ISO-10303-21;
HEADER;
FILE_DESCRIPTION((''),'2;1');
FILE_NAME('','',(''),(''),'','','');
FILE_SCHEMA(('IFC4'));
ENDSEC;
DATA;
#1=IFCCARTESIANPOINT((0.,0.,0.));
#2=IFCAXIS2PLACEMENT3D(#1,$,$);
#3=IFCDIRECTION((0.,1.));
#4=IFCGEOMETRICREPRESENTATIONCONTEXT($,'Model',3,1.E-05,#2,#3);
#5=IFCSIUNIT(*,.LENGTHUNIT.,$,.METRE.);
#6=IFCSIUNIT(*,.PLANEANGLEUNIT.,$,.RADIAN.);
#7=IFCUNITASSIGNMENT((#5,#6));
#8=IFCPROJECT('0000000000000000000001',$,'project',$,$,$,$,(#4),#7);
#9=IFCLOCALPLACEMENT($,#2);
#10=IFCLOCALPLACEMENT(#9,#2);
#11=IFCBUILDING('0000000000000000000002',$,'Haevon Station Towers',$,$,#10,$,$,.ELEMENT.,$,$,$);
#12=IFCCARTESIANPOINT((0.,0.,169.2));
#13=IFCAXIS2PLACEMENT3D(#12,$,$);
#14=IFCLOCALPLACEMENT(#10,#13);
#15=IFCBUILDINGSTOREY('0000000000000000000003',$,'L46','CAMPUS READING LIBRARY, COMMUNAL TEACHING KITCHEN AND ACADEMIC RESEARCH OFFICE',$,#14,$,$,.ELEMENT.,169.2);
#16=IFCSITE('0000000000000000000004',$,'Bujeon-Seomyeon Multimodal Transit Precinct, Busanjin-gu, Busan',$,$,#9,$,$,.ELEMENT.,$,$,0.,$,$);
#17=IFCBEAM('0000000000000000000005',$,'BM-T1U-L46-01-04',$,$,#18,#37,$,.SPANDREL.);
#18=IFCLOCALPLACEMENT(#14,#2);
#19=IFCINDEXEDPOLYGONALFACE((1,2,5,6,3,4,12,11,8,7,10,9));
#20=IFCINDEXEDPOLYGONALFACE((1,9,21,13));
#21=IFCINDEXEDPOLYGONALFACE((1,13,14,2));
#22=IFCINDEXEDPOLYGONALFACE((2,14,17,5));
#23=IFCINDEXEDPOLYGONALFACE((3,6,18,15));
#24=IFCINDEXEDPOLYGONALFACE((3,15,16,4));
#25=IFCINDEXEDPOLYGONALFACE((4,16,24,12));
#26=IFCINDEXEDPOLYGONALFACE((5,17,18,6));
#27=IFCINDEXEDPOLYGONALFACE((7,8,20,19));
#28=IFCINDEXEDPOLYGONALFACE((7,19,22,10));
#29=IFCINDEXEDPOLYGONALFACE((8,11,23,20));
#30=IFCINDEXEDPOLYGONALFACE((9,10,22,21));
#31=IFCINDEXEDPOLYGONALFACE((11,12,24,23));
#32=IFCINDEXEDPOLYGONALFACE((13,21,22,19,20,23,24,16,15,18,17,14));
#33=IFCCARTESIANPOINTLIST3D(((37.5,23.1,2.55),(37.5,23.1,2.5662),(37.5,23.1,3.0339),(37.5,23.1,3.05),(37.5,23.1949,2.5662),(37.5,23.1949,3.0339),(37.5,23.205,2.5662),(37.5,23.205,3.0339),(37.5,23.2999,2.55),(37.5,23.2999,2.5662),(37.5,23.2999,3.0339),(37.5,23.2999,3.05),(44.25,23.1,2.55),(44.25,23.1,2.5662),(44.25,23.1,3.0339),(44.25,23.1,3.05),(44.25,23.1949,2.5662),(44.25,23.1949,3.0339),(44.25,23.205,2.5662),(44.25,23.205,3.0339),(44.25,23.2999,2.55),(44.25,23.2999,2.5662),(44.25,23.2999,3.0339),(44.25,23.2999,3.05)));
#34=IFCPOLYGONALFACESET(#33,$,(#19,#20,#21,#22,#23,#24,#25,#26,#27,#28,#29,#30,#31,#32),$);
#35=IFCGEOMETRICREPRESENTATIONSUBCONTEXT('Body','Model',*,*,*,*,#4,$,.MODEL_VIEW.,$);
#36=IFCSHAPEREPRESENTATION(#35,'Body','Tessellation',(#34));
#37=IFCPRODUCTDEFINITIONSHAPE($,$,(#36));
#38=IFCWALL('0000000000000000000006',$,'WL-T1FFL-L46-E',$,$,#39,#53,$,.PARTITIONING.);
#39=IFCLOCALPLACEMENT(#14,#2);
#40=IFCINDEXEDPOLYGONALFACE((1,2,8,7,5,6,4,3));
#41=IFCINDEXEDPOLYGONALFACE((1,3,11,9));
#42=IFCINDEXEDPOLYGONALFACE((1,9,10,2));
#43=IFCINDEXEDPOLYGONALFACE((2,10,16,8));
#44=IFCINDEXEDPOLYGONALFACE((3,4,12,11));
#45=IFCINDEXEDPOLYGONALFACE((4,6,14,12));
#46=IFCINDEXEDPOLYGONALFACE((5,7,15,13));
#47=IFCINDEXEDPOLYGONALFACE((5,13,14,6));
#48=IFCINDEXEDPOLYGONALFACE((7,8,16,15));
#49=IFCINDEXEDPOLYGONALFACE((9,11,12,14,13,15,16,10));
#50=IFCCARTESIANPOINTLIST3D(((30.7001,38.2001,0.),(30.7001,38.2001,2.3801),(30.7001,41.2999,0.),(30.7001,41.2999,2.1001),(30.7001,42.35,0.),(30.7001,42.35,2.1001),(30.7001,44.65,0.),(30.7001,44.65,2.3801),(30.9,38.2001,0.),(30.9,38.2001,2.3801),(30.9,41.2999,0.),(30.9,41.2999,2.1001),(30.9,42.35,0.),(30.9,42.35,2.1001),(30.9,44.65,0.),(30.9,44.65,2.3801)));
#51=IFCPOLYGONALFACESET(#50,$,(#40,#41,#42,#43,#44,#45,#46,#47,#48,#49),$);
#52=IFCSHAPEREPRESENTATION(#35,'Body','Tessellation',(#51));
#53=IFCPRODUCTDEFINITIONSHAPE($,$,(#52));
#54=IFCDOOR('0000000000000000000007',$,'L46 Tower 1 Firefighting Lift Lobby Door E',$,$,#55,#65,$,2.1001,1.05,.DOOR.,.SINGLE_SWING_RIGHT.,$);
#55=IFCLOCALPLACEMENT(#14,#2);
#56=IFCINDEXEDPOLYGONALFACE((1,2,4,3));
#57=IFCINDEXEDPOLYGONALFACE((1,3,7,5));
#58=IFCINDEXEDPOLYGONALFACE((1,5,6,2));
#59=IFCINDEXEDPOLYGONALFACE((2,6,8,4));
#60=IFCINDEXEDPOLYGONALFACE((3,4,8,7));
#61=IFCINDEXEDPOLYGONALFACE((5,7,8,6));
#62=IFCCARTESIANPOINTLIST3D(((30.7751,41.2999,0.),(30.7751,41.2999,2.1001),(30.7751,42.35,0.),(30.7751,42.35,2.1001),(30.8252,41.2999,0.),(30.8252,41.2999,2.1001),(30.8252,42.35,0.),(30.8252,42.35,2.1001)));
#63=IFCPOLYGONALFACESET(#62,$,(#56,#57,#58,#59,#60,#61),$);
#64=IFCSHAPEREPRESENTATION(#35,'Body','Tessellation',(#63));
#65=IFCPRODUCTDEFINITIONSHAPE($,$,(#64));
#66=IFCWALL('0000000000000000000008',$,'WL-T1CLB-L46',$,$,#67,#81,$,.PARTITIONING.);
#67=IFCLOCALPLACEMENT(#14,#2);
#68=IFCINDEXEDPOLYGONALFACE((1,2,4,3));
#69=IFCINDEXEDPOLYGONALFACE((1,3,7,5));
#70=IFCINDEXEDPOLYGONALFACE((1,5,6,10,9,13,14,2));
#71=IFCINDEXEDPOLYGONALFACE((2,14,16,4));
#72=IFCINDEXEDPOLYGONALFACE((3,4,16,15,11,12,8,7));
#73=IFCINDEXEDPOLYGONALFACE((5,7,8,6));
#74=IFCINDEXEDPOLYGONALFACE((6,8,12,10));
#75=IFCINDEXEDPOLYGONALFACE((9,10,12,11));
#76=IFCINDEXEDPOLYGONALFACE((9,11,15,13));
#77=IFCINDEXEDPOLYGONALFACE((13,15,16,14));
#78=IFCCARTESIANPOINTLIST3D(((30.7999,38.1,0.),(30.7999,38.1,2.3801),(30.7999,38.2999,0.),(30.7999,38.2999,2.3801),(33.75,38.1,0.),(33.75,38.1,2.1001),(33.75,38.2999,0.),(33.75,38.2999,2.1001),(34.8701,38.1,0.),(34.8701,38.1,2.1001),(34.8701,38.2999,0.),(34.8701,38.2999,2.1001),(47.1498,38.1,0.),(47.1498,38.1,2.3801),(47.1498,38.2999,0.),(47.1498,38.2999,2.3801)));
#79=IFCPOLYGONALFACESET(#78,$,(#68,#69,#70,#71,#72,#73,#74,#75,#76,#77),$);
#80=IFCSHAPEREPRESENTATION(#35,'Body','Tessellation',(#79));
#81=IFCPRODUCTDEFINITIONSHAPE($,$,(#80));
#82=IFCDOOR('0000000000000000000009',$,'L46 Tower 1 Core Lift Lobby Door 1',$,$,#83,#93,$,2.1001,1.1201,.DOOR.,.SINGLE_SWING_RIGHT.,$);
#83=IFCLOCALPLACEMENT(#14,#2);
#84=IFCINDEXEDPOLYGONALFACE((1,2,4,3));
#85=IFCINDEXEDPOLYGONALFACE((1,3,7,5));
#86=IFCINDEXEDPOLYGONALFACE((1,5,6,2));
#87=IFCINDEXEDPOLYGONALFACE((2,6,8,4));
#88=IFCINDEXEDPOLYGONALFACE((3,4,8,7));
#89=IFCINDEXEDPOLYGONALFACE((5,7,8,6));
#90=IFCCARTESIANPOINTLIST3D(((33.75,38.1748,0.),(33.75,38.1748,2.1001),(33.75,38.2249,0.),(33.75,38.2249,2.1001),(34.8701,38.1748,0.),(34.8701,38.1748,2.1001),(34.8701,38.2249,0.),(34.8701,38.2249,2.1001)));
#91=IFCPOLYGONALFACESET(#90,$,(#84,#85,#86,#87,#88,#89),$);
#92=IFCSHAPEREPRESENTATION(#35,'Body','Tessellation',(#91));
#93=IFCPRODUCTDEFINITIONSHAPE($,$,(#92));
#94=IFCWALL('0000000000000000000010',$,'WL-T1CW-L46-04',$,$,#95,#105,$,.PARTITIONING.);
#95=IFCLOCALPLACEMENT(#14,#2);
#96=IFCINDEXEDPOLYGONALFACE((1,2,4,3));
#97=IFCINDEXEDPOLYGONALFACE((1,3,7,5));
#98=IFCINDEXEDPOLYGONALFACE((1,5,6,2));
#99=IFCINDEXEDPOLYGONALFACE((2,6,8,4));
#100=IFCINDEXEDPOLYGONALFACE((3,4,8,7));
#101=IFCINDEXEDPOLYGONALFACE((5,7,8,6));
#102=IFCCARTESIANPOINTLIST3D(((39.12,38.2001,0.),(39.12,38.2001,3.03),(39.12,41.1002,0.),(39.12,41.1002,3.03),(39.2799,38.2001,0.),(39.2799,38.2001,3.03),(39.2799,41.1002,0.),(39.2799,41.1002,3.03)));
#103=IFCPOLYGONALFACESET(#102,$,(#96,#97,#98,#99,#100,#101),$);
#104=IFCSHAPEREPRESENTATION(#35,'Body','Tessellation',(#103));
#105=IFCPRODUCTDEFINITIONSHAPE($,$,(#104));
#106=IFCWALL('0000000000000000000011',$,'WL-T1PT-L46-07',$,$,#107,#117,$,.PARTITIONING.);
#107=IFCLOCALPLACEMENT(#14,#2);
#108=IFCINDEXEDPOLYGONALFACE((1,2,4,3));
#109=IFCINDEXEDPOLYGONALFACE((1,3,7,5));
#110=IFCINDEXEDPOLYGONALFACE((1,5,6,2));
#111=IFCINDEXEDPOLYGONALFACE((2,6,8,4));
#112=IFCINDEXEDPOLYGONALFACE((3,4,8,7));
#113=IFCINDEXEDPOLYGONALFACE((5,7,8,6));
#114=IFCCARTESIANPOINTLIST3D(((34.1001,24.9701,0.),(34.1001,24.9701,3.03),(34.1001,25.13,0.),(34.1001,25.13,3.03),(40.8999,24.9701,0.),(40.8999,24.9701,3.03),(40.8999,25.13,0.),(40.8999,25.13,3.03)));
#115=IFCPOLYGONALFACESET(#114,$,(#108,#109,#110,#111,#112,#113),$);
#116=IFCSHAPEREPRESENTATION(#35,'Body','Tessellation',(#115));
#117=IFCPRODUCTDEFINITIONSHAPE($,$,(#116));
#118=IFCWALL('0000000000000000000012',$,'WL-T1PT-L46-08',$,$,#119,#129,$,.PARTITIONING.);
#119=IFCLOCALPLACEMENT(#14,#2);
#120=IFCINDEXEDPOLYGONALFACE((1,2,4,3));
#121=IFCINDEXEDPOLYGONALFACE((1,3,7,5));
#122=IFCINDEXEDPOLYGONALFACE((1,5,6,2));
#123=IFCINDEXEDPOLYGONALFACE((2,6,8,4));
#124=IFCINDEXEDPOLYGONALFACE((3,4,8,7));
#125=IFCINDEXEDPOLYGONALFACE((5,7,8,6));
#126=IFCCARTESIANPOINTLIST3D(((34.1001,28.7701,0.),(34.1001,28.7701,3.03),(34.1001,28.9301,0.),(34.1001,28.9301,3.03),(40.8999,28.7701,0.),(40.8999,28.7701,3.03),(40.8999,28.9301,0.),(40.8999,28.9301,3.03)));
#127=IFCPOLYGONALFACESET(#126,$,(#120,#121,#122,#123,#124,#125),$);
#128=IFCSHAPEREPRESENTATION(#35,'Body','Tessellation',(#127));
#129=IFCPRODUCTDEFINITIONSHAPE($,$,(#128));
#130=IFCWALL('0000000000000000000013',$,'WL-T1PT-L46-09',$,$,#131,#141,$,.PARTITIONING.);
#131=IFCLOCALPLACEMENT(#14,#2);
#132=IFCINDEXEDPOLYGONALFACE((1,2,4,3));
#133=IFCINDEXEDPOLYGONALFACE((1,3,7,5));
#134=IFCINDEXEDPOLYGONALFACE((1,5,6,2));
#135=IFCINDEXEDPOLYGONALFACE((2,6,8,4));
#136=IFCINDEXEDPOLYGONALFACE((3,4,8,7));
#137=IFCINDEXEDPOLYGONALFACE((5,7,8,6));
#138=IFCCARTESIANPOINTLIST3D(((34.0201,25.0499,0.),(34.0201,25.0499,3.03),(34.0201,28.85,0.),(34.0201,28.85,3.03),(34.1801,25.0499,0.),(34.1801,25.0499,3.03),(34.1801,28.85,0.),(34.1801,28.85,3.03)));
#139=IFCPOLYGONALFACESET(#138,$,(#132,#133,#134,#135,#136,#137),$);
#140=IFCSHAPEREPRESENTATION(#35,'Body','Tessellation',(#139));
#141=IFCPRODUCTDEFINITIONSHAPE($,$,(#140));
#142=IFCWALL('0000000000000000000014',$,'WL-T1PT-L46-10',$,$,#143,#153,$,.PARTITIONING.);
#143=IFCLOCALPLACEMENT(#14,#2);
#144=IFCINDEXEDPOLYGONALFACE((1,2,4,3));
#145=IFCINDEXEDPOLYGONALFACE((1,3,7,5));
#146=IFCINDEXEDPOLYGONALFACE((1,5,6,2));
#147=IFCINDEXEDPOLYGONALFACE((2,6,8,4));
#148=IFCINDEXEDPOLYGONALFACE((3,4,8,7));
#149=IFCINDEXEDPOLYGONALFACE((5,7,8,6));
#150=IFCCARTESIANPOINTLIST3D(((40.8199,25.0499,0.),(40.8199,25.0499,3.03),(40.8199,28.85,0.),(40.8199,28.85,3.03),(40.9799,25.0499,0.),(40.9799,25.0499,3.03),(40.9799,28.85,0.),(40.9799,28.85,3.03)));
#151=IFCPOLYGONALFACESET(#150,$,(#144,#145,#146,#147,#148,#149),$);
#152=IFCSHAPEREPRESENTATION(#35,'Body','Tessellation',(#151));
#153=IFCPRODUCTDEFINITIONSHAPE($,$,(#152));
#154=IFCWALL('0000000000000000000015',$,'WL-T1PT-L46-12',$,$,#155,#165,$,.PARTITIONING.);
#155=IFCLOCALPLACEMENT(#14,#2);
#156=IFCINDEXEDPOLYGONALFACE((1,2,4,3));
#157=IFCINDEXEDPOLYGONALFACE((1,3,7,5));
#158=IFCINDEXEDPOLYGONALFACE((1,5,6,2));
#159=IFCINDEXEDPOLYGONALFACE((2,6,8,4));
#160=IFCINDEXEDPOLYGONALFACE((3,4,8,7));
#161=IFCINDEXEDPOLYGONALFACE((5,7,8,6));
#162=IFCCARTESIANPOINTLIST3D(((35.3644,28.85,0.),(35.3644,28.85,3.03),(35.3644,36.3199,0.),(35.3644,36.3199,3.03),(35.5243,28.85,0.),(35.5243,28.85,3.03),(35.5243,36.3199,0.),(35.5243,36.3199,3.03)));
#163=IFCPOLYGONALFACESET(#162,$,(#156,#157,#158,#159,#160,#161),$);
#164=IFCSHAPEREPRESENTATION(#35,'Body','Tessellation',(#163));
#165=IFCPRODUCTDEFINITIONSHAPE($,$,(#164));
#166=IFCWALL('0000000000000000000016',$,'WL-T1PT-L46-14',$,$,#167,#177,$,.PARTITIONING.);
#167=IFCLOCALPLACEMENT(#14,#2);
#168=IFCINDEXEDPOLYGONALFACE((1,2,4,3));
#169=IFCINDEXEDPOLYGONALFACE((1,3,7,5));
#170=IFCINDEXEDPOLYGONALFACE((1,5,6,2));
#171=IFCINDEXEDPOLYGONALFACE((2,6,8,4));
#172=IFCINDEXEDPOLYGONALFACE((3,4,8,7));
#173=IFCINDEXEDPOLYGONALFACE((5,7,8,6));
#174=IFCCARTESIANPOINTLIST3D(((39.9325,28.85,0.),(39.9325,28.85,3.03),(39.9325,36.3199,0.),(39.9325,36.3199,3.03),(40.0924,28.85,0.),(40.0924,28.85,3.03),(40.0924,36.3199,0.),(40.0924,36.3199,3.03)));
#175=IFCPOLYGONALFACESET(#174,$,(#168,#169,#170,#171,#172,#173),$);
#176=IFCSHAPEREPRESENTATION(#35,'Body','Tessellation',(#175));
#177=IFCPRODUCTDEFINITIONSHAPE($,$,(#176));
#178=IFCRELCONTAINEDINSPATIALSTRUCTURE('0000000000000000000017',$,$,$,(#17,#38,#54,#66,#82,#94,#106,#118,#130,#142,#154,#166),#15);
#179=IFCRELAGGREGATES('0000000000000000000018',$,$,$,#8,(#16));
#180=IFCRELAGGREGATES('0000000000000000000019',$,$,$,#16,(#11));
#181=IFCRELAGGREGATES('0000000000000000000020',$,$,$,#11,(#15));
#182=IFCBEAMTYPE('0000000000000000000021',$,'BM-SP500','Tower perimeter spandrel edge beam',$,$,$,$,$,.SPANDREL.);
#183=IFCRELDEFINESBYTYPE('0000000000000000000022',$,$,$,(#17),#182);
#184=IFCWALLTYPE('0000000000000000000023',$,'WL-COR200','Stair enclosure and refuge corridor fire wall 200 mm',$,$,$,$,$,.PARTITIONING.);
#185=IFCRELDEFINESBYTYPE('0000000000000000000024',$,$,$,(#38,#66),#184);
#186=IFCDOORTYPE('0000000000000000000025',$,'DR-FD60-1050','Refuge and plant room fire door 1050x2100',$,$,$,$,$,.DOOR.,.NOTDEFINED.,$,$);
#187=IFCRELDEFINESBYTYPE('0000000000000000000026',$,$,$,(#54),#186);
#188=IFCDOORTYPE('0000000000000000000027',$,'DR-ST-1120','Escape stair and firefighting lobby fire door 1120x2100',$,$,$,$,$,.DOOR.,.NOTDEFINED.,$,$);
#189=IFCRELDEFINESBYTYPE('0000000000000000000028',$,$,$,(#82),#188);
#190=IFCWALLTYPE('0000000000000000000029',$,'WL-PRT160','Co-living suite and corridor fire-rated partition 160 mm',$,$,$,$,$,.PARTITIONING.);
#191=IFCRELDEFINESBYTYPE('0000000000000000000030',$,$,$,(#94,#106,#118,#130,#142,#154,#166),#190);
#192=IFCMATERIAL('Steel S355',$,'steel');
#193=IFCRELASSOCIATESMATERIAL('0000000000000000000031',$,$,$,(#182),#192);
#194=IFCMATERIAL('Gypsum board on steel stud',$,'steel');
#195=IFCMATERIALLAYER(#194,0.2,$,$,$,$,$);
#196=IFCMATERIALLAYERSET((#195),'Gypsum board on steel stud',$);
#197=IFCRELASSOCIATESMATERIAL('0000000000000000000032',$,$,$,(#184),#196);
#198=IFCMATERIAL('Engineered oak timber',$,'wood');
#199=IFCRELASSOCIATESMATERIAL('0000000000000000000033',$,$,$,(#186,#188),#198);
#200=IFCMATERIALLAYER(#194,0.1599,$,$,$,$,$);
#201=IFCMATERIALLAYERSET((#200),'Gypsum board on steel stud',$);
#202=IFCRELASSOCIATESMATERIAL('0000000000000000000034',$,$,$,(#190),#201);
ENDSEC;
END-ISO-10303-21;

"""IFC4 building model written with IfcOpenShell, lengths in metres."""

from ifc_helpers import new_model, si_unit, direction, frame, frame_2d, origin, origin_2d, place, context, subcontext, project, spatial, rectangle, i_section, extrude, material, layer, layer_set, material_profile, profile_set, type_object, element, fill, save


model = new_model("IFC4")

# Units and contexts
model_context = context("Model", 3, precision=1e-05, world=origin(), true_north=direction((0.0, 1.0)))
body_context = subcontext(model_context, "Body", "Model", "MODEL_VIEW")
ifc_project = project(units=[si_unit("LENGTHUNIT", "METRE"), si_unit("PLANEANGLEUNIT", "RADIAN")], contexts=[model_context])

# Site, building, storey
site_placement = place(None, origin())
site = spatial("IfcSite", under=ifc_project, at=site_placement, Name="Bujeon-Seomyeon Multimodal Transit Precinct, Busanjin-gu, Busan", CompositionType="ELEMENT", RefElevation=0.0)
building_placement = place(site_placement, origin())
building = spatial("IfcBuilding", under=site, at=building_placement, Name="Haevon Station Towers", CompositionType="ELEMENT")
storey_placement = place(building_placement, frame((0.0, 0.0, 169.2)))
storey = spatial("IfcBuildingStorey", under=building, at=storey_placement, Name="L46", Description="CAMPUS READING LIBRARY, COMMUNAL TEACHING KITCHEN AND ACADEMIC RESEARCH OFFICE", CompositionType="ELEMENT", Elevation=169.2)

# Shared definitions
ifc_material_1 = material(Name="Steel S355", Category="steel")

# Beam
ifc_material_profile_1 = material_profile(ifc_material_1, i_section(OverallWidth=0.2, OverallDepth=0.5, WebThickness=0.01, FlangeThickness=0.0161, at=origin_2d()), Name="H-500x200x10x16")
ifc_profile_set_1 = profile_set([ifc_material_profile_1], Name="Steel S355")
beam_type_1 = type_object("IfcBeamType", Name="BM-SP500", Description="Tower perimeter spandrel edge beam", PredefinedType="SPANDREL", material=ifc_profile_set_1)
beam_1_placement = place(storey_placement, frame((37.5, 23.2, 2.8), z_axis=(1.0, 0.0, 0.0), x_axis=(0.0, 1.0, 0.0)))
element("IfcBeam", 1, at=beam_1_placement, inside=storey, type_object=beam_type_1, Name="BM-T1U-L46-01-04", PredefinedType="SPANDREL", context=body_context, shape_type="SweptSolid", body=[
    extrude(i_section(OverallWidth=0.2, OverallDepth=0.5, WebThickness=0.01, FlangeThickness=0.0161, at=origin_2d()), origin(), (0.0, 0.0, 1.0), 6.75),
])

# Walls, openings, doors
ifc_material_2 = material(Name="Gypsum board on steel stud", Category="steel")
ifc_layer_1 = layer(ifc_material_2, 0.2)
ifc_layer_set_1 = layer_set([ifc_layer_1], Name="Gypsum board on steel stud")
wall_type_1 = type_object("IfcWallType", Name="WL-COR200", Description="Stair enclosure and refuge corridor fire wall 200 mm", PredefinedType="PARTITIONING", material=ifc_layer_set_1)
wall_1_placement = place(storey_placement, frame((30.8, 38.2, 0.0), z_axis=(0.0, 0.0, 1.0), x_axis=(0.0, 1.0, 0.0)))
wall_1 = element("IfcWall", 2, at=wall_1_placement, inside=storey, type_object=wall_type_1, Name="WL-T1FFL-L46-E", PredefinedType="PARTITIONING", context=body_context, shape_type="SweptSolid", body=[
    extrude(rectangle(XDim=6.45, YDim=0.2, at=frame_2d((3.2251, 0.0))), origin(), (0.0, 0.0, 1.0), 2.3801),
])
opening_1_placement = place(wall_1_placement, frame((3.1001, 0.0, 0.0)))
opening_1 = element("IfcOpeningElement", 3, at=opening_1_placement, cuts=wall_1, PredefinedType="OPENING", context=body_context, shape_type="SweptSolid", body=[
    extrude(rectangle(XDim=1.05, YDim=2.1001, at=frame_2d((0.5249, 1.05))), frame((0.0, 0.1099, 0.0), z_axis=(0.0, -1.0, 0.0), x_axis=(1.0, 0.0, 0.0)), (0.0, 0.0, 1.0), 0.22),
])
ifc_material_3 = material(Name="Engineered oak timber", Category="wood")
door_type_1 = type_object("IfcDoorType", Name="DR-FD60-1050", Description="Refuge and plant room fire door 1050x2100", OperationType="NOTDEFINED", PredefinedType="DOOR", material=ifc_material_3)
door_1_placement = place(opening_1_placement, origin())
door_1 = element("IfcDoor", 4, at=door_1_placement, inside=storey, type_object=door_type_1, Name="L46 Tower 1 Firefighting Lift Lobby Door E", OperationType="SINGLE_SWING_RIGHT", OverallHeight=2.1001, OverallWidth=1.05, PredefinedType="DOOR", context=body_context, shape_type="SweptSolid", body=[
    extrude(rectangle(XDim=1.05, YDim=2.1001, at=frame_2d((0.5249, 1.05))), frame((0.0, 0.0249, 0.0), z_axis=(0.0, -1.0, 0.0), x_axis=(1.0, 0.0, 0.0)), (0.0, 0.0, 1.0), 0.05),
])
fill(opening_1, door_1)
wall_2_placement = place(storey_placement, frame((30.8, 38.2, 0.0), z_axis=(0.0, 0.0, 1.0), x_axis=(1.0, 0.0, 0.0)))
wall_2 = element("IfcWall", 5, at=wall_2_placement, inside=storey, type_object=wall_type_1, Name="WL-T1CLB-L46", PredefinedType="PARTITIONING", context=body_context, shape_type="SweptSolid", body=[
    extrude(rectangle(XDim=16.3499, YDim=0.2, at=frame_2d((8.1748, 0.0))), origin(), (0.0, 0.0, 1.0), 2.3801),
])
opening_2_placement = place(wall_2_placement, frame((2.95, 0.0, 0.0)))
opening_2 = element("IfcOpeningElement", 6, at=opening_2_placement, cuts=wall_2, PredefinedType="OPENING", context=body_context, shape_type="SweptSolid", body=[
    extrude(rectangle(XDim=1.1201, YDim=2.1001, at=frame_2d((0.5601, 1.05))), frame((0.0, 0.1099, 0.0), z_axis=(0.0, -1.0, 0.0), x_axis=(1.0, 0.0, 0.0)), (0.0, 0.0, 1.0), 0.22),
])
door_type_2 = type_object("IfcDoorType", Name="DR-ST-1120", Description="Escape stair and firefighting lobby fire door 1120x2100", OperationType="NOTDEFINED", PredefinedType="DOOR", material=ifc_material_3)
door_2_placement = place(opening_2_placement, origin())
door_2 = element("IfcDoor", 7, at=door_2_placement, inside=storey, type_object=door_type_2, Name="L46 Tower 1 Core Lift Lobby Door 1", OperationType="SINGLE_SWING_RIGHT", OverallHeight=2.1001, OverallWidth=1.1201, PredefinedType="DOOR", context=body_context, shape_type="SweptSolid", body=[
    extrude(rectangle(XDim=1.1201, YDim=2.1001, at=frame_2d((0.5601, 1.05))), frame((0.0, 0.0249, 0.0), z_axis=(0.0, -1.0, 0.0), x_axis=(1.0, 0.0, 0.0)), (0.0, 0.0, 1.0), 0.05),
])
fill(opening_2, door_2)

# Walls
ifc_layer_2 = layer(ifc_material_2, 0.1599)
ifc_layer_set_2 = layer_set([ifc_layer_2], Name="Gypsum board on steel stud")
wall_type_2 = type_object("IfcWallType", Name="WL-PRT160", Description="Co-living suite and corridor fire-rated partition 160 mm", PredefinedType="PARTITIONING", material=ifc_layer_set_2)
wall_3_placement = place(storey_placement, frame((39.2, 38.2, 0.0), z_axis=(0.0, 0.0, 1.0), x_axis=(0.0, 1.0, 0.0)))
element("IfcWall", 8, at=wall_3_placement, inside=storey, type_object=wall_type_2, Name="WL-T1CW-L46-04", PredefinedType="PARTITIONING", context=body_context, shape_type="SweptSolid", body=[
    extrude(rectangle(XDim=2.9001, YDim=0.1599, at=frame_2d((1.4502, 0.0))), origin(), (0.0, 0.0, 1.0), 3.03),
])
for number, where, z_axis, x_axis, name in (
    (9, (34.1001, 25.05, 0.0), (0.0, 0.0, 1.0), (1.0, 0.0, 0.0), "WL-T1PT-L46-07"),
    (10, (34.1001, 28.8501, 0.0), (0.0, 0.0, 1.0), (1.0, 0.0, 0.0), "WL-T1PT-L46-08"),
):
    element("IfcWall", number, at=place(storey_placement, frame(where, z_axis=z_axis, x_axis=x_axis)), inside=storey, type_object=wall_type_2, Name=name, PredefinedType="PARTITIONING", context=body_context, shape_type="SweptSolid", body=[
        extrude(rectangle(XDim=6.7998, YDim=0.1599, at=frame_2d((3.3999, 0.0))), origin(), (0.0, 0.0, 1.0), 3.03),
    ])
for number, where, z_axis, x_axis, name in (
    (11, (34.1001, 25.05, 0.0), (0.0, 0.0, 1.0), (0.0, 1.0, 0.0), "WL-T1PT-L46-09"),
    (12, (40.8999, 25.05, 0.0), (0.0, 0.0, 1.0), (0.0, 1.0, 0.0), "WL-T1PT-L46-10"),
):
    element("IfcWall", number, at=place(storey_placement, frame(where, z_axis=z_axis, x_axis=x_axis)), inside=storey, type_object=wall_type_2, Name=name, PredefinedType="PARTITIONING", context=body_context, shape_type="SweptSolid", body=[
        extrude(rectangle(XDim=3.8, YDim=0.1599, at=frame_2d((1.8999, 0.0))), origin(), (0.0, 0.0, 1.0), 3.03),
    ])
for number, where, z_axis, x_axis, name in (
    (13, (35.4443, 28.8501, 0.0), (0.0, 0.0, 1.0), (0.0, 1.0, 0.0), "WL-T1PT-L46-12"),
    (14, (40.0125, 28.8501, 0.0), (0.0, 0.0, 1.0), (0.0, 1.0, 0.0), "WL-T1PT-L46-14"),
):
    element("IfcWall", number, at=place(storey_placement, frame(where, z_axis=z_axis, x_axis=x_axis)), inside=storey, type_object=wall_type_2, Name=name, PredefinedType="PARTITIONING", context=body_context, shape_type="SweptSolid", body=[
        extrude(rectangle(XDim=7.47, YDim=0.1599, at=frame_2d((3.7349, 0.0))), origin(), (0.0, 0.0, 1.0), 3.03),
    ])

save(model, "model.ifc")
